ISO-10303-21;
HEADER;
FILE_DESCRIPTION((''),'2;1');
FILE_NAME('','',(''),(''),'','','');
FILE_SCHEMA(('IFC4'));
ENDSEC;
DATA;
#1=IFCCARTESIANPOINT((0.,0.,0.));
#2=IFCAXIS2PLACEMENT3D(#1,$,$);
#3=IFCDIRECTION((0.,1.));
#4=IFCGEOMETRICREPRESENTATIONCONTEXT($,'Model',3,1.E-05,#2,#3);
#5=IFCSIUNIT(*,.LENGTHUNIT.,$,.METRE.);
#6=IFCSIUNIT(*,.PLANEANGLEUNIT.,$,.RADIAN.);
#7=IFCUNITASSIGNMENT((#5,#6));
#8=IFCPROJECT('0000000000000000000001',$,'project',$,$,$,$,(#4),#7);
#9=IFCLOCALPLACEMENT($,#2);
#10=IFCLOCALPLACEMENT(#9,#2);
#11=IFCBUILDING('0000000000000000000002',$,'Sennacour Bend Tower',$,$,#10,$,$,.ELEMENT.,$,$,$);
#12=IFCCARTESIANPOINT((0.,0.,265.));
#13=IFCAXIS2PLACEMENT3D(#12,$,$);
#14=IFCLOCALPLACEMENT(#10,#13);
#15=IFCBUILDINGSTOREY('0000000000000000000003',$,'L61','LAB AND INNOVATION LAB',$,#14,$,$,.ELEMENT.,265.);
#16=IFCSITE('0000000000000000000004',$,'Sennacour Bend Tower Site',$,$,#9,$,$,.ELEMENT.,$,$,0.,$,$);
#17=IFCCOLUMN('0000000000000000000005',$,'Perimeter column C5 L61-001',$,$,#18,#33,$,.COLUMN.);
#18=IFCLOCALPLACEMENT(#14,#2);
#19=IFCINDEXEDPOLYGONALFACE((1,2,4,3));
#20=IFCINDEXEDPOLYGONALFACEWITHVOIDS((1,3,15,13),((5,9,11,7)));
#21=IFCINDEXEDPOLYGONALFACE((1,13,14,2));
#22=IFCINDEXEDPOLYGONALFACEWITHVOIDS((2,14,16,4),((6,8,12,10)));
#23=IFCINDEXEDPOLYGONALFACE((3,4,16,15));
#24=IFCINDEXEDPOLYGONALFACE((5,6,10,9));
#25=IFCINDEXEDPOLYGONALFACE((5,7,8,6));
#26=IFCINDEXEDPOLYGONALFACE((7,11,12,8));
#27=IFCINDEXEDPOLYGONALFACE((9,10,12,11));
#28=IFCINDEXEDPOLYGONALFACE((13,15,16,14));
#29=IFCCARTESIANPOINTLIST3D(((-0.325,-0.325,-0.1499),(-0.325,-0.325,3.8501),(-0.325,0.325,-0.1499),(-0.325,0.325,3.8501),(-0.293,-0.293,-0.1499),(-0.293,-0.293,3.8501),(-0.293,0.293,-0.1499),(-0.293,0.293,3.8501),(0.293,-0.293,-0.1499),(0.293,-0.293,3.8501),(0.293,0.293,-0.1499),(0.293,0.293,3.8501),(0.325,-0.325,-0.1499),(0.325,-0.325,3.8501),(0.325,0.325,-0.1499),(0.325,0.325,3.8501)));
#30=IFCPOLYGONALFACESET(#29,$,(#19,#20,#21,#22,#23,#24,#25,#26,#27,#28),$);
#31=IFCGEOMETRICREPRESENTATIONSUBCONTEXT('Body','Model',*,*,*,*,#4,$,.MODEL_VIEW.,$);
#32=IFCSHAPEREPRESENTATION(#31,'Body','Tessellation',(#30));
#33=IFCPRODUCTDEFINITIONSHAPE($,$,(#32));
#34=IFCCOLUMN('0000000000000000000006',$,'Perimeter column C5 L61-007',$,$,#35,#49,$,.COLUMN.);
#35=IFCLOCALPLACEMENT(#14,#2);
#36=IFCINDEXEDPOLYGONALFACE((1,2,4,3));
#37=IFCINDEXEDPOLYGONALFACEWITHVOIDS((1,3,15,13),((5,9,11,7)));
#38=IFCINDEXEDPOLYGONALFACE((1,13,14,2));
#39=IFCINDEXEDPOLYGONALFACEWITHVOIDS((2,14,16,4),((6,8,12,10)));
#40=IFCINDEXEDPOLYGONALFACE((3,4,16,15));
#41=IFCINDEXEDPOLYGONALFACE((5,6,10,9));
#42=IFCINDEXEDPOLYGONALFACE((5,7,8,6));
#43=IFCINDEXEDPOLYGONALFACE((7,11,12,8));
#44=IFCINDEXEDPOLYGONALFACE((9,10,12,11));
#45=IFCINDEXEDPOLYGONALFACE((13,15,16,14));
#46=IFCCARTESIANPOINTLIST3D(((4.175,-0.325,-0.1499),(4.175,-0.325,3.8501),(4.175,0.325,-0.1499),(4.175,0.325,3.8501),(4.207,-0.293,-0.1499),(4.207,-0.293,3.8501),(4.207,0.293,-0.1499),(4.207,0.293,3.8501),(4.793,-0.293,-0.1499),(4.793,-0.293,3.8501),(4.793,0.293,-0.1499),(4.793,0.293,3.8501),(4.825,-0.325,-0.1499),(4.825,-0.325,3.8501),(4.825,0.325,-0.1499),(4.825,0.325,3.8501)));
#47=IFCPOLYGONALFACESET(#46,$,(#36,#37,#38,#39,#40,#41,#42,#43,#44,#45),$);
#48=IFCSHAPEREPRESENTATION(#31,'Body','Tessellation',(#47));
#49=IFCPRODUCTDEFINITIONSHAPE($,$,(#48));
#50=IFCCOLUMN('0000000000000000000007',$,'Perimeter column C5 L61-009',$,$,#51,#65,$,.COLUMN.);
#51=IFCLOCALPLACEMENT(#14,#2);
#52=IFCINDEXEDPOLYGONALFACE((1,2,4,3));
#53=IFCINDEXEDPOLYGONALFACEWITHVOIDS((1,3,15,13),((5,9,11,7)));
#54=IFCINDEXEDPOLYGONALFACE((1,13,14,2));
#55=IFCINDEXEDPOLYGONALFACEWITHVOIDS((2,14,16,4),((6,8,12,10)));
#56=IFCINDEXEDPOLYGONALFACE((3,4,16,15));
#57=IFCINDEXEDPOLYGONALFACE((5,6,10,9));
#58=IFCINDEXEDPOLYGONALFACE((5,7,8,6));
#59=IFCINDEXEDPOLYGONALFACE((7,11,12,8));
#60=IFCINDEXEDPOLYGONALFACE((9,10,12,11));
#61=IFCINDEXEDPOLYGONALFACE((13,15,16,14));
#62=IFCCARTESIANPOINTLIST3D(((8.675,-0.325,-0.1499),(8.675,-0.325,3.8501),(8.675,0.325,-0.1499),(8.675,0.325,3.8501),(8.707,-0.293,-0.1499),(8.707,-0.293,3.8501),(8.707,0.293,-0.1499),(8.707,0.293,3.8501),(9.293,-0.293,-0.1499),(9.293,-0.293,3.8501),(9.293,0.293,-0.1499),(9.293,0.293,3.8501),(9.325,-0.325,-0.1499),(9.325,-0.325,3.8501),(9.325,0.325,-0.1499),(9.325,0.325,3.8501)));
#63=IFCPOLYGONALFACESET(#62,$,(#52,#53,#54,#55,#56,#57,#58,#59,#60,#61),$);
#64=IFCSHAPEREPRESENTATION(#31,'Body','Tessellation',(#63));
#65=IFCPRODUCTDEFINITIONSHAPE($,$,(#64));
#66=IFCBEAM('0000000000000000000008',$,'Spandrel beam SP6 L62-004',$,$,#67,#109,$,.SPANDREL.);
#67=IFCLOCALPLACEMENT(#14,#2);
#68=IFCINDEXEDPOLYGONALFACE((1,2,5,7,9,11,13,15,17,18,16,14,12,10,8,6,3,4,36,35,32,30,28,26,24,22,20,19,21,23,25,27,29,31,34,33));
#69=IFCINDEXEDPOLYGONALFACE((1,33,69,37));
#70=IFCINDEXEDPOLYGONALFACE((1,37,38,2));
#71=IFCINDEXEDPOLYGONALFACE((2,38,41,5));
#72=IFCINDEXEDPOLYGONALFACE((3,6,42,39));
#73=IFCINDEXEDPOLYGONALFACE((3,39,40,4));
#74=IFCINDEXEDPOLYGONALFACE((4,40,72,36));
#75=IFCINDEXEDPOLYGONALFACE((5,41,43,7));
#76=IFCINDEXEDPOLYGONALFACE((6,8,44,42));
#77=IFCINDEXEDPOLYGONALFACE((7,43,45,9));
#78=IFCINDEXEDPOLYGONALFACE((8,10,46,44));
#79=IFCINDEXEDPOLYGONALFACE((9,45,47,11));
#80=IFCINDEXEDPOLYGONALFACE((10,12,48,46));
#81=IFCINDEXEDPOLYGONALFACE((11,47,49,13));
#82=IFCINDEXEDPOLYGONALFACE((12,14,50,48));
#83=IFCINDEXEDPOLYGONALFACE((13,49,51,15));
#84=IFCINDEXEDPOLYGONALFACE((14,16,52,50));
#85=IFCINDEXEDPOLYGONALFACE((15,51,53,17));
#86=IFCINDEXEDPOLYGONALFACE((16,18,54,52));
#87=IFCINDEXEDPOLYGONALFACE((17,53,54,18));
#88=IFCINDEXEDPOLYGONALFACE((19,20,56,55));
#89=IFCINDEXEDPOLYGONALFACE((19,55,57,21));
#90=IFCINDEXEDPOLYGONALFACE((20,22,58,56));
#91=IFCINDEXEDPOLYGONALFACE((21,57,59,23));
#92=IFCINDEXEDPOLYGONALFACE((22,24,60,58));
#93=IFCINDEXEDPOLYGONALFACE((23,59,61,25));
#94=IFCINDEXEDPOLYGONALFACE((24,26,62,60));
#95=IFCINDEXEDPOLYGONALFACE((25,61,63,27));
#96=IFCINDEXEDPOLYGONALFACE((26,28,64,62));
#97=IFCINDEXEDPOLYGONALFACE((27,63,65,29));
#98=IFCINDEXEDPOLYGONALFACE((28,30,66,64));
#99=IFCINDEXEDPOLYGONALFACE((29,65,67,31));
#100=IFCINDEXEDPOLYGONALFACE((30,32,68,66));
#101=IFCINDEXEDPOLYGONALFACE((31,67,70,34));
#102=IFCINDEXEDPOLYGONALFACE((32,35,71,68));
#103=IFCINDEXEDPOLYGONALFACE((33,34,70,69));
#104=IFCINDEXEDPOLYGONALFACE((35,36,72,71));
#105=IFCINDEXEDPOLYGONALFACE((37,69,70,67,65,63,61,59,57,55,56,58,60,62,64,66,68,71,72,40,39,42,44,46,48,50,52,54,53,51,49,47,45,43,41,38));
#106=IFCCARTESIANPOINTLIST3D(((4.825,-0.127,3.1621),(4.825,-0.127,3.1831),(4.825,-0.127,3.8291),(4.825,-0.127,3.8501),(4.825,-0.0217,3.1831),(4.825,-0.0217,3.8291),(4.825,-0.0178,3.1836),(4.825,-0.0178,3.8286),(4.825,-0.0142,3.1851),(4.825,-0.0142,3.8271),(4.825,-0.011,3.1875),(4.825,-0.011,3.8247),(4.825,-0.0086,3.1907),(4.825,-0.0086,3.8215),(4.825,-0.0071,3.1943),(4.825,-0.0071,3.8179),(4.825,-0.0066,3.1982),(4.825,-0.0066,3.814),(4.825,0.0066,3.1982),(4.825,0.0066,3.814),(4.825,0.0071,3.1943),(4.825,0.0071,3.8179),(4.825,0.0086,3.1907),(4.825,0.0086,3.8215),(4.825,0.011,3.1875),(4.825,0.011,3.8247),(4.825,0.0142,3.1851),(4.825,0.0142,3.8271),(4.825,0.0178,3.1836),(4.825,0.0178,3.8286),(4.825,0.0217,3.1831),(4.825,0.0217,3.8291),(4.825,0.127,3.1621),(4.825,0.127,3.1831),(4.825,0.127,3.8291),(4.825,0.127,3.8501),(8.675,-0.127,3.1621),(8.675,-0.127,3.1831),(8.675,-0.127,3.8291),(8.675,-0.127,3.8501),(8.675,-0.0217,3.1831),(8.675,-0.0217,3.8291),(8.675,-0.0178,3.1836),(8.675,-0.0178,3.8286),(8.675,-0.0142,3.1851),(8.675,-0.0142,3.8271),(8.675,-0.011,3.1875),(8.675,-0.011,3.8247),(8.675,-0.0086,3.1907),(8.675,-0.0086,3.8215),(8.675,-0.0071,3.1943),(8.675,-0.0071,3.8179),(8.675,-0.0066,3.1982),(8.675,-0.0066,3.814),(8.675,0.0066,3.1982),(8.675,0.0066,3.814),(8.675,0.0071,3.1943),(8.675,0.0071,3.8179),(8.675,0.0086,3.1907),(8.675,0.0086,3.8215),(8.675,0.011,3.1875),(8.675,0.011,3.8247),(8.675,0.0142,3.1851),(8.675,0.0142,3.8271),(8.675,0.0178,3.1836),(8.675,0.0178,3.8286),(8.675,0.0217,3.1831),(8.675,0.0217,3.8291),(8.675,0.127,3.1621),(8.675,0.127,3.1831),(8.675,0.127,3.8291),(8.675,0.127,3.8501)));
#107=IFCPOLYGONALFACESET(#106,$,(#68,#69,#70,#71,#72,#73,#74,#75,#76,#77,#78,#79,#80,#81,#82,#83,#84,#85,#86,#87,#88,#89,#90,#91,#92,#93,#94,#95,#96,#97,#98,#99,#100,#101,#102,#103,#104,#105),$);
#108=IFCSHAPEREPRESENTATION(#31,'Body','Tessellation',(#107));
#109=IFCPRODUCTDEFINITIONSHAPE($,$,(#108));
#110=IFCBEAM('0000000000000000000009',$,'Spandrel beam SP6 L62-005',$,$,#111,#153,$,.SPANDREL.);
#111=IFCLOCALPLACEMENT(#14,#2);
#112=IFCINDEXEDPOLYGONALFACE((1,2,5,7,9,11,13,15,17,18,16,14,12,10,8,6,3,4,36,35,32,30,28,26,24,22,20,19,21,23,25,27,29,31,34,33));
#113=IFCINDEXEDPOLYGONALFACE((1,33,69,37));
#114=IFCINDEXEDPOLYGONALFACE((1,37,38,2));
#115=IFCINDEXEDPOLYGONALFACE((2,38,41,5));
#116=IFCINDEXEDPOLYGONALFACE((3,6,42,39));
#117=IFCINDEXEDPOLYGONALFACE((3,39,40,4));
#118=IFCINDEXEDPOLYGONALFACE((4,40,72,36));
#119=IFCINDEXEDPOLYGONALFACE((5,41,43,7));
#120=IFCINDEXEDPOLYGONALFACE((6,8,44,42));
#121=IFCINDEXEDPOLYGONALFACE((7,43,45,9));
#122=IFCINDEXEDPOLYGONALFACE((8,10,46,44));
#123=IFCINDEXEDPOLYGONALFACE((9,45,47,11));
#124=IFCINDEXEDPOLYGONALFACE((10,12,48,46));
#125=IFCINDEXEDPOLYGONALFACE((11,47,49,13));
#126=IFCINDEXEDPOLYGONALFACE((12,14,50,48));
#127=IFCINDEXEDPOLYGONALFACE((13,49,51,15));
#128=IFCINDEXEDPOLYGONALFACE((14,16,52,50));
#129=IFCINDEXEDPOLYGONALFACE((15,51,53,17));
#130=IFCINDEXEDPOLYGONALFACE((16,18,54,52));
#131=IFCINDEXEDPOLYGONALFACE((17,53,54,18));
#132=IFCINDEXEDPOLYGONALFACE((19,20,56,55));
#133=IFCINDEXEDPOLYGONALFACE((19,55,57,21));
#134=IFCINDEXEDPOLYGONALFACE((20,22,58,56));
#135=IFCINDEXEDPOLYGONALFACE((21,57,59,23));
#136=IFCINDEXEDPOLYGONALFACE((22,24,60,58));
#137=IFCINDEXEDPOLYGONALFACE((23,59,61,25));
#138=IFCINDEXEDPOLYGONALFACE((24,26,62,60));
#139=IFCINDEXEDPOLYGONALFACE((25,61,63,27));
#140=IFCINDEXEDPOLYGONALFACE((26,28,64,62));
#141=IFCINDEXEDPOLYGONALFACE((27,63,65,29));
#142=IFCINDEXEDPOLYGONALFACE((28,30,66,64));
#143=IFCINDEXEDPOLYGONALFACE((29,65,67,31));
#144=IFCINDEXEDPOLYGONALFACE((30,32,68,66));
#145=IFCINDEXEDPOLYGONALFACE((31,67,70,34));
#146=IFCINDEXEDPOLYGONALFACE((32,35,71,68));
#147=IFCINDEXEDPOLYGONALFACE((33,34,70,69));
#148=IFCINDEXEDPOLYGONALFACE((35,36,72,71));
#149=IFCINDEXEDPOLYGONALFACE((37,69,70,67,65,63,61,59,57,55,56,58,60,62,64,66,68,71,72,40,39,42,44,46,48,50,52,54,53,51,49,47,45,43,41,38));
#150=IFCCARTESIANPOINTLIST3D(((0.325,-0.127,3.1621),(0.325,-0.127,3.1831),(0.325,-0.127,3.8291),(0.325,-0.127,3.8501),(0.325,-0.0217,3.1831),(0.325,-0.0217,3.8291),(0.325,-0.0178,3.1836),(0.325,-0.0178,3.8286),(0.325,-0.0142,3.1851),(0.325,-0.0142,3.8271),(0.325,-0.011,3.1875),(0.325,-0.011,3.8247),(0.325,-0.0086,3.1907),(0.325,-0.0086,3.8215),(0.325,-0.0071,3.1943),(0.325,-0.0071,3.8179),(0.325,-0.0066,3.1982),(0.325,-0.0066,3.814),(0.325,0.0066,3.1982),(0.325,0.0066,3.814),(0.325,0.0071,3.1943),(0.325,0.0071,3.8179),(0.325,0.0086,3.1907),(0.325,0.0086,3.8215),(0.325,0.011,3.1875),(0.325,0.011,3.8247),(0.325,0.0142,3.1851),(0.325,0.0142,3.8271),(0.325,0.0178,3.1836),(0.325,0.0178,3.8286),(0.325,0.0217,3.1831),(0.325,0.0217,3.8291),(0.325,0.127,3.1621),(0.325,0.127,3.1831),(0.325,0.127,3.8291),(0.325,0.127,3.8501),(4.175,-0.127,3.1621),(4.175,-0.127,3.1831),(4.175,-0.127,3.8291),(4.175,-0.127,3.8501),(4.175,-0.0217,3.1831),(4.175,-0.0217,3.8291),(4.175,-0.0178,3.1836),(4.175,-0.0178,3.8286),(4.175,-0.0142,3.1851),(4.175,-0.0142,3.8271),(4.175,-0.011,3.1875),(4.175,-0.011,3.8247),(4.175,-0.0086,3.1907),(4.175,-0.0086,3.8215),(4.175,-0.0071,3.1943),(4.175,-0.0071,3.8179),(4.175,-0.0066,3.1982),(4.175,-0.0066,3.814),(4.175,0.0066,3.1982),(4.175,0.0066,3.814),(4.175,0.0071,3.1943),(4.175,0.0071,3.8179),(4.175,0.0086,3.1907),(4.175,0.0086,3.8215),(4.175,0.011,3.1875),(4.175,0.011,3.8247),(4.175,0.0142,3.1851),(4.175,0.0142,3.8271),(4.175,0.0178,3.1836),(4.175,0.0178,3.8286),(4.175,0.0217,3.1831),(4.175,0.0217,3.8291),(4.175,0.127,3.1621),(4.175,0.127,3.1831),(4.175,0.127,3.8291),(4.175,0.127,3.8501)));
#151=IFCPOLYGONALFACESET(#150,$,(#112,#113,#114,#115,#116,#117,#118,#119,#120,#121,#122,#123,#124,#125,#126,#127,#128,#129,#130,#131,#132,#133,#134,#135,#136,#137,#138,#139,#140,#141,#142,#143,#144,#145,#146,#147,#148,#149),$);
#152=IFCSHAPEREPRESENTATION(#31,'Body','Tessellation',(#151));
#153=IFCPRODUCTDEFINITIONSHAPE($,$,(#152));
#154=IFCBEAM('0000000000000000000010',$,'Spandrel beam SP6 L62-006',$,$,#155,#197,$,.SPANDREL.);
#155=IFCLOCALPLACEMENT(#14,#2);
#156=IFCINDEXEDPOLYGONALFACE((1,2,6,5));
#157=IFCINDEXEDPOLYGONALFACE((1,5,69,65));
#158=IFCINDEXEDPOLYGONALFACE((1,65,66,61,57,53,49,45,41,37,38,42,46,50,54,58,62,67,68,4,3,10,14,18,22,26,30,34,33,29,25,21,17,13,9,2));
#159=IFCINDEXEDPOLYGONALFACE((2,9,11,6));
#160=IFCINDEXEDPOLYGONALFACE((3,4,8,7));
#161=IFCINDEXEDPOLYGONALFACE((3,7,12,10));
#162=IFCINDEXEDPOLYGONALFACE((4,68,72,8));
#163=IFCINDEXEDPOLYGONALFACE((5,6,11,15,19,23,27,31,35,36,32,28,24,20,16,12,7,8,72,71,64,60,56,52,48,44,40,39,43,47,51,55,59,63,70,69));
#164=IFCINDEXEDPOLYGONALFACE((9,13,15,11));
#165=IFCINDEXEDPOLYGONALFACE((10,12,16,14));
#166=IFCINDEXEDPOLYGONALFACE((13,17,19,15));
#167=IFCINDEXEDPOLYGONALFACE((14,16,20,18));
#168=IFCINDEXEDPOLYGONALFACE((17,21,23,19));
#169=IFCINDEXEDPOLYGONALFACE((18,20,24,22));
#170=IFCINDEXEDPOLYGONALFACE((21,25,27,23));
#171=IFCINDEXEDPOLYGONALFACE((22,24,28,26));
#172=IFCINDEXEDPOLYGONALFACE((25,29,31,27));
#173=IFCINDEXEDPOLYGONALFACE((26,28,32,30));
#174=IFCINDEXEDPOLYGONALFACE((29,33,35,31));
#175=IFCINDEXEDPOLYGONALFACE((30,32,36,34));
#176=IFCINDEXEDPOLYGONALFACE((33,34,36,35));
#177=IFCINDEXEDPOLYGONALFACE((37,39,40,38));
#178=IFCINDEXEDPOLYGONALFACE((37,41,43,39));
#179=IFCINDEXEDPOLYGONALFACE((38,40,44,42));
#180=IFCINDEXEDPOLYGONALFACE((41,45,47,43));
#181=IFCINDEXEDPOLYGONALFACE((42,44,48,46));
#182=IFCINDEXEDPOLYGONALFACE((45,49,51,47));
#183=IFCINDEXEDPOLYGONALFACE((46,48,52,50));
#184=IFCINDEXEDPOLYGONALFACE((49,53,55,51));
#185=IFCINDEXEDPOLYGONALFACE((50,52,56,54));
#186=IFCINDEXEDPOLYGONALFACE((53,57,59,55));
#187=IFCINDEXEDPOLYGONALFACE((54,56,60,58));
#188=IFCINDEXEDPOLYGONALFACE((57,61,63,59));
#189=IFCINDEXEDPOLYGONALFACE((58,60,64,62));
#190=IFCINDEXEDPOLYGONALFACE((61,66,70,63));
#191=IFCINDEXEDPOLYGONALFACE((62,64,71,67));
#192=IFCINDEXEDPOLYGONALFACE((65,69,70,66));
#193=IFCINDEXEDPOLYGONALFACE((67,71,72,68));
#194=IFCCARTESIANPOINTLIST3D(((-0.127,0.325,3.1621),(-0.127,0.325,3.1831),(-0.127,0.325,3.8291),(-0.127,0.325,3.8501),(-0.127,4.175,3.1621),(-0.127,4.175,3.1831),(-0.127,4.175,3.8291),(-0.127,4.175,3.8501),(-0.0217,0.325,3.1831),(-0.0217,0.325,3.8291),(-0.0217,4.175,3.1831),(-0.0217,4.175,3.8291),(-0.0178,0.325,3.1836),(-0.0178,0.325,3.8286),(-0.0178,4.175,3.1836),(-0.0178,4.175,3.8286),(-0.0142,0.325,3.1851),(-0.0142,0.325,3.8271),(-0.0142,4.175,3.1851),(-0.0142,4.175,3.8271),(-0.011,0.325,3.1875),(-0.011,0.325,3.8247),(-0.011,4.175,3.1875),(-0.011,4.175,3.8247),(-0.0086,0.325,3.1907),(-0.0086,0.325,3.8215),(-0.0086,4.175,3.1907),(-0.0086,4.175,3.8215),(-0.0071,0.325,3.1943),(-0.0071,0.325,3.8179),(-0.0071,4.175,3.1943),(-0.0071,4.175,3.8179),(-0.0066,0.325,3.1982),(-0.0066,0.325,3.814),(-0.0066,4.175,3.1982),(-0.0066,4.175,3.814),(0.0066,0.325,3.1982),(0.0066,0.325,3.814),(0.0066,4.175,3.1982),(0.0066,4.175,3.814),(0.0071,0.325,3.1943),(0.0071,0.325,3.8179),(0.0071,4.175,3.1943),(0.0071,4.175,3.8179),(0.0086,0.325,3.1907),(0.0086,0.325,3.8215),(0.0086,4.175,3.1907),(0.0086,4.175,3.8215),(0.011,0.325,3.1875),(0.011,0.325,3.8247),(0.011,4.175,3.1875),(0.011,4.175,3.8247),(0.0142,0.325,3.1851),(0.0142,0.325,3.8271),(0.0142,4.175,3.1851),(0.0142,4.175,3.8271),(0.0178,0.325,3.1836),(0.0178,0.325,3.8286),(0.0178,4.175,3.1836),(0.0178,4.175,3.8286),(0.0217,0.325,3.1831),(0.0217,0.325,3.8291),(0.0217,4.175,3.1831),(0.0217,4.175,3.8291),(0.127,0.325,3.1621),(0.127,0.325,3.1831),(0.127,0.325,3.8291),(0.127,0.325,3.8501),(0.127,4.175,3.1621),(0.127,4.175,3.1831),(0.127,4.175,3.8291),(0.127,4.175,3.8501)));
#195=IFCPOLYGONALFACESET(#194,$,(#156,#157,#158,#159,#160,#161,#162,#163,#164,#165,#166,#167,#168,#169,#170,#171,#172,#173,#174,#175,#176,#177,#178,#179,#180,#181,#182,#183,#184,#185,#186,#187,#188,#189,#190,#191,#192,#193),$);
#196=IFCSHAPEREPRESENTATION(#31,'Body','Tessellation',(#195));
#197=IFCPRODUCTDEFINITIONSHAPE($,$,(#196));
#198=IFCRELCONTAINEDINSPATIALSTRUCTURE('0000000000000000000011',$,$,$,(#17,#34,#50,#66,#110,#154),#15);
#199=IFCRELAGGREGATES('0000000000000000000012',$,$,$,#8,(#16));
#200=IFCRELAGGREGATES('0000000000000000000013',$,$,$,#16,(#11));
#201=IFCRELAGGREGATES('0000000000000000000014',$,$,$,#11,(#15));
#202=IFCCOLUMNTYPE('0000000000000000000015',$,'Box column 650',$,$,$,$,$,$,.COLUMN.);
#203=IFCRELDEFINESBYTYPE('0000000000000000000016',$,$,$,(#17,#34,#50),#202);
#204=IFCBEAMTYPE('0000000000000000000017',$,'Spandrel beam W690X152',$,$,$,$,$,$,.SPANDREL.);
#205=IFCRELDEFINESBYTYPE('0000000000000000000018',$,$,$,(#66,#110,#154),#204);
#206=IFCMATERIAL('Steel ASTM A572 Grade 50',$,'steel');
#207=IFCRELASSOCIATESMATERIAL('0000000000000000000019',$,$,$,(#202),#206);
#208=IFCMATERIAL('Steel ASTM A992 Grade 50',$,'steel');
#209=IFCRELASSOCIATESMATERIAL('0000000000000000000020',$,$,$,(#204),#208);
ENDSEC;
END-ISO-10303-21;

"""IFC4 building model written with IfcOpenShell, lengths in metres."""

from ifc_helpers import new_model, si_unit, direction, frame, origin, origin_2d, place, context, subcontext, project, spatial, hollow_rectangle, i_section, extrude, material, material_profile, profile_set, type_object, element, save


model = new_model("IFC4")

# Units and contexts
model_context = context("Model", 3, precision=1e-05, world=origin(), true_north=direction((0.0, 1.0)))
body_context = subcontext(model_context, "Body", "Model", "MODEL_VIEW")
ifc_project = project(units=[si_unit("LENGTHUNIT", "METRE"), si_unit("PLANEANGLEUNIT", "RADIAN")], contexts=[model_context])

# Site, building, storey
site_placement = place(None, origin())
site = spatial("IfcSite", under=ifc_project, at=site_placement, Name="Sennacour Bend Tower Site", CompositionType="ELEMENT", RefElevation=0.0)
building_placement = place(site_placement, origin())
building = spatial("IfcBuilding", under=site, at=building_placement, Name="Sennacour Bend Tower", CompositionType="ELEMENT")
storey_placement = place(building_placement, frame((0.0, 0.0, 265.0)))
storey = spatial("IfcBuildingStorey", under=building, at=storey_placement, Name="L61", Description="LAB AND INNOVATION LAB", CompositionType="ELEMENT", Elevation=265.0)

# Columns
ifc_material_1 = material(Name="Steel ASTM A572 Grade 50", Category="steel")
ifc_material_profile_1 = material_profile(ifc_material_1, hollow_rectangle(XDim=0.6499, YDim=0.6499, WallThickness=0.032, at=origin_2d()), Name="Steel ASTM A572 Grade 50", Category="steel")
ifc_profile_set_1 = profile_set([ifc_material_profile_1], Name="Steel ASTM A572 Grade 50")
column_type = type_object("IfcColumnType", Name="Box column 650", PredefinedType="COLUMN", material=ifc_profile_set_1)
for number, where, z_axis, x_axis, name in (
    (1, (0.0, 0.0, -0.1499), (0.0, 0.0, 1.0), (1.0, 0.0, 0.0), "Perimeter column C5 L61-001"),
    (2, (4.5, 0.0, -0.1499), (0.0, 0.0, 1.0), (1.0, 0.0, 0.0), "Perimeter column C5 L61-007"),
    (3, (9.0, 0.0, -0.1499), (0.0, 0.0, 1.0), (1.0, 0.0, 0.0), "Perimeter column C5 L61-009"),
):
    element("IfcColumn", number, at=place(storey_placement, frame(where, z_axis=z_axis, x_axis=x_axis)), inside=storey, type_object=column_type, Name=name, PredefinedType="COLUMN", context=body_context, shape_type="SweptSolid", body=[
        extrude(hollow_rectangle(XDim=0.6499, YDim=0.6499, WallThickness=0.032, at=origin_2d()), origin(), (0.0, 0.0, 1.0), 4.0),
    ])

# Beams
ifc_material_2 = material(Name="Steel ASTM A992 Grade 50", Category="steel")
ifc_material_profile_2 = material_profile(ifc_material_2, i_section(OverallWidth=0.2539, OverallDepth=0.688, WebThickness=0.0132, FlangeThickness=0.021, FilletRadius=0.0151, at=origin_2d()), Name="Steel ASTM A992 Grade 50", Category="steel")
ifc_profile_set_2 = profile_set([ifc_material_profile_2], Name="Steel ASTM A992 Grade 50")
beam_type = type_object("IfcBeamType", Name="Spandrel beam W690X152", PredefinedType="SPANDREL", material=ifc_profile_set_2)
for number, where, z_axis, x_axis, name in (
    (4, (8.675, 0.0, 3.5061), (-1.0, 0.0, 0.0), (0.0, -1.0, 0.0), "Spandrel beam SP6 L62-004"),
    (5, (4.175, 0.0, 3.5061), (-1.0, 0.0, 0.0), (0.0, -1.0, 0.0), "Spandrel beam SP6 L62-005"),
    (6, (0.0, 0.325, 3.5061), (0.0, 1.0, 0.0), (-1.0, 0.0, 0.0), "Spandrel beam SP6 L62-006"),
):
    element("IfcBeam", number, at=place(storey_placement, frame(where, z_axis=z_axis, x_axis=x_axis)), inside=storey, type_object=beam_type, Name=name, PredefinedType="SPANDREL", context=body_context, shape_type="SweptSolid", body=[
        extrude(i_section(OverallWidth=0.2539, OverallDepth=0.688, WebThickness=0.0132, FlangeThickness=0.021, FilletRadius=0.0151, at=origin_2d()), origin(), (0.0, 0.0, 1.0), 3.8501),
    ])

save(model, "model.ifc")
